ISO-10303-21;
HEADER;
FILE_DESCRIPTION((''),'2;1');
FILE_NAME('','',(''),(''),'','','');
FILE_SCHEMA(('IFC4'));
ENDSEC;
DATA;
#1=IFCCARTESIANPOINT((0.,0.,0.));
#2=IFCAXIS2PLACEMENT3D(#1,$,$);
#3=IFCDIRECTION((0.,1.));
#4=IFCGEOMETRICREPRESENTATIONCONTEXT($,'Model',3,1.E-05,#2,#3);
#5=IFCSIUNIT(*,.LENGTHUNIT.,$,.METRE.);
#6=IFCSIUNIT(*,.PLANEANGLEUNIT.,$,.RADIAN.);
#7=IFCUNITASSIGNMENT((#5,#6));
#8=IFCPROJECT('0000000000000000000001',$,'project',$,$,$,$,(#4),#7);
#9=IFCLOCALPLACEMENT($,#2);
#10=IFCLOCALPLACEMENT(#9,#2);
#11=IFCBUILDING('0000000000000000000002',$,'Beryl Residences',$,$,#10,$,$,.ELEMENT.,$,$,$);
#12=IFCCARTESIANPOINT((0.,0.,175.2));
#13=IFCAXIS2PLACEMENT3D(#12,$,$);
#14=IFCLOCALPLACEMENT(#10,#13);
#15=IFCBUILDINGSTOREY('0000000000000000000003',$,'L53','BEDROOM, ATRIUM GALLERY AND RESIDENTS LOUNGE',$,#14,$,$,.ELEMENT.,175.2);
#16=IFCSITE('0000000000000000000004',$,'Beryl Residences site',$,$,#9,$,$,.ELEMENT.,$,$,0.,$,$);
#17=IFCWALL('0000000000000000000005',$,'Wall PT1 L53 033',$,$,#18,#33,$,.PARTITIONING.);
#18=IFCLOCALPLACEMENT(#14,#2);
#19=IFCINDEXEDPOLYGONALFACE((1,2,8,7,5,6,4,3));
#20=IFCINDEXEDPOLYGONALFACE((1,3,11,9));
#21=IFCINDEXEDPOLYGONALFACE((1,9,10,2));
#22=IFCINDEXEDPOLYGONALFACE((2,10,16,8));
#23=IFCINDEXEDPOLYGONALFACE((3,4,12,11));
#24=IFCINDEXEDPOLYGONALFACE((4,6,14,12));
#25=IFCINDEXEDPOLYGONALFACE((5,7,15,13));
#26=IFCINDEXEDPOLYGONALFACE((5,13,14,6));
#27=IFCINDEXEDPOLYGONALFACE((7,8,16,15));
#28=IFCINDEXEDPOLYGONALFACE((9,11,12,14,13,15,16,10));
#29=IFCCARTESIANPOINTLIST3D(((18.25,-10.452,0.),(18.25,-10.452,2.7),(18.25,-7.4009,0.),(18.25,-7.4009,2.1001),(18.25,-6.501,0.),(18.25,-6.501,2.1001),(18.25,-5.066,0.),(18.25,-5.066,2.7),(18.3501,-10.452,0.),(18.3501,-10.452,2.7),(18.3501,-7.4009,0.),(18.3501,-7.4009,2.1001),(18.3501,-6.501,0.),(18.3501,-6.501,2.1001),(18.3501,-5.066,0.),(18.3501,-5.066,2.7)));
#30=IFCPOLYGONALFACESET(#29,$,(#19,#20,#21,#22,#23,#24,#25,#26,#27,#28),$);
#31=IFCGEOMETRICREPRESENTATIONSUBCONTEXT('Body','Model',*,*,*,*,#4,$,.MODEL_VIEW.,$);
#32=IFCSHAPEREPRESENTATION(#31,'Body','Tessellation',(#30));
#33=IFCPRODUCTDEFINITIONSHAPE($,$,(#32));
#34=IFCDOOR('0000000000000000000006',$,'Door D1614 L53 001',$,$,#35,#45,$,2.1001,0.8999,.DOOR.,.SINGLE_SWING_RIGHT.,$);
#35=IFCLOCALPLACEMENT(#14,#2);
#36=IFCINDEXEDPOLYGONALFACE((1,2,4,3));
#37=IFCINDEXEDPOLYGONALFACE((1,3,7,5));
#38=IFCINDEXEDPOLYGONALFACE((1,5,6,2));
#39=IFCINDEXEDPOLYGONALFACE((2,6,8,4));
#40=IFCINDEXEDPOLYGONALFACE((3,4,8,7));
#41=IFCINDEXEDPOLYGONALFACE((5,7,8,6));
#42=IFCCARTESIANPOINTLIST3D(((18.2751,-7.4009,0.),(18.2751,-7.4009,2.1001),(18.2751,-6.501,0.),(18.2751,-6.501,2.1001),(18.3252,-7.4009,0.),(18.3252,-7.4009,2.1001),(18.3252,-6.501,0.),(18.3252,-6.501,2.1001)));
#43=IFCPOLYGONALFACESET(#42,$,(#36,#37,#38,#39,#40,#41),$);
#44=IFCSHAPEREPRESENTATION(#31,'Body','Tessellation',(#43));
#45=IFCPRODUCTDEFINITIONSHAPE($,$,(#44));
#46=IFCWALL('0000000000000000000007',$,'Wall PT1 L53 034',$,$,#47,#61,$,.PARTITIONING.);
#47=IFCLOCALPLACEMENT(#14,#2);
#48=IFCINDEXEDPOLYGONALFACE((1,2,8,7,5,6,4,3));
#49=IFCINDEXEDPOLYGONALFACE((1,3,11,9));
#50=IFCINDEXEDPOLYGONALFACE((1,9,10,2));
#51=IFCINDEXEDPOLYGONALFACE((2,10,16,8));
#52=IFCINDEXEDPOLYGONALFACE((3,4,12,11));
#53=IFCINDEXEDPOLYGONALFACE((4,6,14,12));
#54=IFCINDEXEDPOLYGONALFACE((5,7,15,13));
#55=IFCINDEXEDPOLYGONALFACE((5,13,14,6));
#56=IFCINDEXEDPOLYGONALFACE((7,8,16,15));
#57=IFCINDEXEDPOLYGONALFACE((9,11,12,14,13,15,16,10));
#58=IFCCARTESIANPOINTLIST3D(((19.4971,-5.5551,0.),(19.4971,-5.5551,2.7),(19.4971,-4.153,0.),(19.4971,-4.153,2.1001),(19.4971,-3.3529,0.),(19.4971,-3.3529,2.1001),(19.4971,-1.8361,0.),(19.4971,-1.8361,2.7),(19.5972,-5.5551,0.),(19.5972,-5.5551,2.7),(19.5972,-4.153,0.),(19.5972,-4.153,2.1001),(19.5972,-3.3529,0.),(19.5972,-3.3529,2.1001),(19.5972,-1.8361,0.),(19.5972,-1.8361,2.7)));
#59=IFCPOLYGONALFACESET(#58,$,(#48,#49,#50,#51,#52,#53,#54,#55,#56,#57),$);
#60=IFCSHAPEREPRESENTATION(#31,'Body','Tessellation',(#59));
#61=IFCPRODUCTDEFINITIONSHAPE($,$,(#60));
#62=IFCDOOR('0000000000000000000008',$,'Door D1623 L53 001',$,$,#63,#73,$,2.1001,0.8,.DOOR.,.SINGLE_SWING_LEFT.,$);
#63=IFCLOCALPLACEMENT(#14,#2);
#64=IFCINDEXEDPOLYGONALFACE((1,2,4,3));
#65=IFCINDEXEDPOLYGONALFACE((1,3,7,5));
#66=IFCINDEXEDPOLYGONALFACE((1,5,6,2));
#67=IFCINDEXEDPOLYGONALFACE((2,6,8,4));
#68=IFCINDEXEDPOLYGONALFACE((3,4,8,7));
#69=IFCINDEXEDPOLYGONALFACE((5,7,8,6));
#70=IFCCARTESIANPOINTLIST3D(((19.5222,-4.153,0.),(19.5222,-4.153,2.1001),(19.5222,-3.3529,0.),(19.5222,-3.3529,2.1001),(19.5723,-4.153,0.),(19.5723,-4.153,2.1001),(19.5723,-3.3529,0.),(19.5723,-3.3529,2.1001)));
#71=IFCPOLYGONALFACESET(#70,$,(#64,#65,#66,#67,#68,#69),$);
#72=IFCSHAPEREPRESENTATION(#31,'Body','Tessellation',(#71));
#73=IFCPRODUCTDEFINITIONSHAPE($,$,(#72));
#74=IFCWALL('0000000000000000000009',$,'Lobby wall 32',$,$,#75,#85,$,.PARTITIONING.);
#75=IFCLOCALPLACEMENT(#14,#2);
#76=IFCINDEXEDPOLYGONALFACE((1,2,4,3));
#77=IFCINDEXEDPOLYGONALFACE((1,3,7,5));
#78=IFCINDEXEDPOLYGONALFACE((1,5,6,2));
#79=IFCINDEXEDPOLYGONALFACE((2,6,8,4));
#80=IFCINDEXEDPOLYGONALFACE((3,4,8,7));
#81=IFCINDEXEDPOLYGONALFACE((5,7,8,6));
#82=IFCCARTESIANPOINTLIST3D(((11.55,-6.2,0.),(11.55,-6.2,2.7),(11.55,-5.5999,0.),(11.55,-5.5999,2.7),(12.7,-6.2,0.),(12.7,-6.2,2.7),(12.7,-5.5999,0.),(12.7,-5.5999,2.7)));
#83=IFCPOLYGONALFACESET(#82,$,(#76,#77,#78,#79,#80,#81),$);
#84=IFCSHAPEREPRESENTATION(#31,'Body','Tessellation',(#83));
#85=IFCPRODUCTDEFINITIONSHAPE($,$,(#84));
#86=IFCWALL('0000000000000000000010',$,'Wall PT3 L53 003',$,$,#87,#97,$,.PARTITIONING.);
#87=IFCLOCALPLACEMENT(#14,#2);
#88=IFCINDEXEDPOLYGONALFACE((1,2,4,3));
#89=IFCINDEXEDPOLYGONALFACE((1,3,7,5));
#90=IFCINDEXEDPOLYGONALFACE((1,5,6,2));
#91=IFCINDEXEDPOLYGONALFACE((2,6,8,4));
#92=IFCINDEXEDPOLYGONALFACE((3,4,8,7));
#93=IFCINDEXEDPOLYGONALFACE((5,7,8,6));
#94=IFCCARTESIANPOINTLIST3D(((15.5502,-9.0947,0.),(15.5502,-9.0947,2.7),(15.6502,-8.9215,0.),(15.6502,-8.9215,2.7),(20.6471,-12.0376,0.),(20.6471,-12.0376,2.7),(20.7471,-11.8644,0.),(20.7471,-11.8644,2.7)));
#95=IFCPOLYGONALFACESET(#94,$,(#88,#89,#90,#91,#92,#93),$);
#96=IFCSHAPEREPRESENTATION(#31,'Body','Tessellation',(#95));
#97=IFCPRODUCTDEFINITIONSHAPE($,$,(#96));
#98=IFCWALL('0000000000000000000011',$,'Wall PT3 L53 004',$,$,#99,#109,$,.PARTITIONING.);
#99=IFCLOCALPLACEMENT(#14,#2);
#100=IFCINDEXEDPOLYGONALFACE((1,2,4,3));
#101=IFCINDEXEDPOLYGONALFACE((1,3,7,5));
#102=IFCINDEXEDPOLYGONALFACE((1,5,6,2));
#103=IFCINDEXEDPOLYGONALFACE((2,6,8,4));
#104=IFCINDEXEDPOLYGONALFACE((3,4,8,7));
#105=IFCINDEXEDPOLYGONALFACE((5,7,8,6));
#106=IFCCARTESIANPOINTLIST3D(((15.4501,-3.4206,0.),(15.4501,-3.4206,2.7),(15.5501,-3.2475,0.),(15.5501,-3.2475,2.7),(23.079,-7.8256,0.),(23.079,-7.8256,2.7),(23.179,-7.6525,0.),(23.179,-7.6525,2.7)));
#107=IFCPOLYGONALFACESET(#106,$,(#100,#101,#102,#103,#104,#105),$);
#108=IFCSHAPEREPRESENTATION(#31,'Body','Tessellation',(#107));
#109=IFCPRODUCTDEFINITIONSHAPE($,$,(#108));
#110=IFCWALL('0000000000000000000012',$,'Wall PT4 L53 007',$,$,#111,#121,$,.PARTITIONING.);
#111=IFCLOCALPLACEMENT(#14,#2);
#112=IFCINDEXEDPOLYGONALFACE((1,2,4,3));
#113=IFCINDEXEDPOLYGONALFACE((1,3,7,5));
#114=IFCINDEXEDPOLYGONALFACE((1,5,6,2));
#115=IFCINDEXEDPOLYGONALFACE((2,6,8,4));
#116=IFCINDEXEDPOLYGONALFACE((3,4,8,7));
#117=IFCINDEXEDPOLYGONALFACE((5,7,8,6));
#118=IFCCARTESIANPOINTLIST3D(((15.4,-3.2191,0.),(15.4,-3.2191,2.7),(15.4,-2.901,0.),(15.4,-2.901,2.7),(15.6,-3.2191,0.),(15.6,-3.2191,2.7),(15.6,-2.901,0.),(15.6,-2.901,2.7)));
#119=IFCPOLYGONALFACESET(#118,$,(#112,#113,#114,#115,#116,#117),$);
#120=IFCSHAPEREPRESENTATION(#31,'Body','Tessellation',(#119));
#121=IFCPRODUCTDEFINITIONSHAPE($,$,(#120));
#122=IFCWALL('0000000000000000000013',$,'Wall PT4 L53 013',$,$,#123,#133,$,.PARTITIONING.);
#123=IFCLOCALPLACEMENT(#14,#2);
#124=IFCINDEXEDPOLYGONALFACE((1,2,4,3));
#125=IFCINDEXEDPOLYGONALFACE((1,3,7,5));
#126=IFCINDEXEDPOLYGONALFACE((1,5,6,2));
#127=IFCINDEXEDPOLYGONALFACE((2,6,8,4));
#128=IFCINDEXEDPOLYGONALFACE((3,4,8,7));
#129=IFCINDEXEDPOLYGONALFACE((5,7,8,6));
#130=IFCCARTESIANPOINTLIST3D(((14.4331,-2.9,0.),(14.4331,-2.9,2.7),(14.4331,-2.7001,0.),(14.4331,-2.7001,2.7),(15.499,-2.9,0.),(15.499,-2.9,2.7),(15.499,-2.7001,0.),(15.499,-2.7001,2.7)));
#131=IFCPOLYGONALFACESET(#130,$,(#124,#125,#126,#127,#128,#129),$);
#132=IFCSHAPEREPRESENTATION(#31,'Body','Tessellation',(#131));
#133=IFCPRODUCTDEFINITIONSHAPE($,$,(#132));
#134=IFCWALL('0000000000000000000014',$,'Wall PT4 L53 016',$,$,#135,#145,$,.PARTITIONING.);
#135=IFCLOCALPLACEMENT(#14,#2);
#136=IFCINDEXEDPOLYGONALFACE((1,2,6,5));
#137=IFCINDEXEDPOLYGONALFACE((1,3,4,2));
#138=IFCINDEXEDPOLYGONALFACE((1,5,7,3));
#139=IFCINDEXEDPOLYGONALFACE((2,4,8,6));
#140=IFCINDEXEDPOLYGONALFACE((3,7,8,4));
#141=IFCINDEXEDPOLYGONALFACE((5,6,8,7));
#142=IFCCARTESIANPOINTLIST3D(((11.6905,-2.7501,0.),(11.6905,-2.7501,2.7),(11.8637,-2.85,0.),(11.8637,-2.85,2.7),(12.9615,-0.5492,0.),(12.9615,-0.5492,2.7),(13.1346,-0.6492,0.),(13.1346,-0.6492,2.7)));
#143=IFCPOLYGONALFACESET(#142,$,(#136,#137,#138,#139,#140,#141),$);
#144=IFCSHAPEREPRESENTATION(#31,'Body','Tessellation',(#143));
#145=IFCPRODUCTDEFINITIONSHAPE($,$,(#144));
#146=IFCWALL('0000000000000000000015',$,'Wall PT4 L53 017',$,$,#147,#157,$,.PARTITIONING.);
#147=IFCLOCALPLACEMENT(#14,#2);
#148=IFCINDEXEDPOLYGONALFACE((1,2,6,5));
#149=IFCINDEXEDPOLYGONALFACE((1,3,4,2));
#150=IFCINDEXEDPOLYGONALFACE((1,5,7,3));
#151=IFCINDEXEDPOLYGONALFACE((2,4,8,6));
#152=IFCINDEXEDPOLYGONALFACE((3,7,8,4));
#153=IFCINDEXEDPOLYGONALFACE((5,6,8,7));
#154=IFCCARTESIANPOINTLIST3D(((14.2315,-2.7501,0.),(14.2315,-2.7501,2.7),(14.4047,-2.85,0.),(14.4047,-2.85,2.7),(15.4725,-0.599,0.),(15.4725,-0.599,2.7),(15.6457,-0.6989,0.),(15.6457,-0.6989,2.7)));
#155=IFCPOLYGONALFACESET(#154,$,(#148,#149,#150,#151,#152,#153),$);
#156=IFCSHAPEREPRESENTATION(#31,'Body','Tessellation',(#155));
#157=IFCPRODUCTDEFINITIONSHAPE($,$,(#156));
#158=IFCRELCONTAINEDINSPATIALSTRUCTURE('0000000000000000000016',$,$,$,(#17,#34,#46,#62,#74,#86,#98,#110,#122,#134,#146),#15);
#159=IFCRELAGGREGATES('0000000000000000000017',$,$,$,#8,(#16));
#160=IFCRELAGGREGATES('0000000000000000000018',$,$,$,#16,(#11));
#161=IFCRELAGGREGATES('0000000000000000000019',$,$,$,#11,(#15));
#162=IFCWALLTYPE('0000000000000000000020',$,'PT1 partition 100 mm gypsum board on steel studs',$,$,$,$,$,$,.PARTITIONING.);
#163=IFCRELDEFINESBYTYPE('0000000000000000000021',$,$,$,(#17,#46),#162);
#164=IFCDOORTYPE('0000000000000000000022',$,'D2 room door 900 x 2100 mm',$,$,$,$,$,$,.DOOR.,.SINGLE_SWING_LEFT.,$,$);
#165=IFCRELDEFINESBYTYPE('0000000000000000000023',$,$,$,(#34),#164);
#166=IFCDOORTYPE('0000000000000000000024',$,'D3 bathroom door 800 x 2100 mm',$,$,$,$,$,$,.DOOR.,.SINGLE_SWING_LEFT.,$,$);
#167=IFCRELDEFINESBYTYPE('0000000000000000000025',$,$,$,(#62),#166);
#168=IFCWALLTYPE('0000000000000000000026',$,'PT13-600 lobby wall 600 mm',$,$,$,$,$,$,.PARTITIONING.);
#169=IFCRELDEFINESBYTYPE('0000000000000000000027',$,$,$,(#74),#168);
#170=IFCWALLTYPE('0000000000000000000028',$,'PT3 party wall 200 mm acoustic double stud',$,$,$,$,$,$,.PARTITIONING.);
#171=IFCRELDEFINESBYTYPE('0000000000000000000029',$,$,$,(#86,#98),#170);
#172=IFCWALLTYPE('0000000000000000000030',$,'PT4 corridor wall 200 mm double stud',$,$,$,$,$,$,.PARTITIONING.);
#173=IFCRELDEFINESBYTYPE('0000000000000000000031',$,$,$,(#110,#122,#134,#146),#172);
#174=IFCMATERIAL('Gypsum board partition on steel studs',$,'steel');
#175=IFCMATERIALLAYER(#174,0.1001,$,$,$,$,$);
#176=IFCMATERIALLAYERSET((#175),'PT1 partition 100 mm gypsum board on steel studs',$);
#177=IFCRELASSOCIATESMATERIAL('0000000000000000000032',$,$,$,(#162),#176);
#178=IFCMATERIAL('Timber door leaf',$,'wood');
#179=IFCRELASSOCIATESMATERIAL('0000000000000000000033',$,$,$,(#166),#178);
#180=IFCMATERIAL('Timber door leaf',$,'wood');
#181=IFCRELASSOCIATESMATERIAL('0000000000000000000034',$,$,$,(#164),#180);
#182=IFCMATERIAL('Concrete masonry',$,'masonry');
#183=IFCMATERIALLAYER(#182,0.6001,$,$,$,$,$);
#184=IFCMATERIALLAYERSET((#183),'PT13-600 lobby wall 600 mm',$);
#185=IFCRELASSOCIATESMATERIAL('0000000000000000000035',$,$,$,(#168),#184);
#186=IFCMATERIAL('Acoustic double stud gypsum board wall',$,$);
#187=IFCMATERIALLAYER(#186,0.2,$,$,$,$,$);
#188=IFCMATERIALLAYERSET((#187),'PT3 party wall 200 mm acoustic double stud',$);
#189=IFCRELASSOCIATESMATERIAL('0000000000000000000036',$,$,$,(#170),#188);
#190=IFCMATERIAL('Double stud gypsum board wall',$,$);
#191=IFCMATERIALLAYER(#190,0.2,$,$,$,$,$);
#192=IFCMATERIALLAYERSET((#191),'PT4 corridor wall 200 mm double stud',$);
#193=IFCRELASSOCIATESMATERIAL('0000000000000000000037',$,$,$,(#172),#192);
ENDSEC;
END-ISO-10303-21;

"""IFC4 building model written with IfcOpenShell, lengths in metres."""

from ifc_helpers import new_model, si_unit, direction, frame, frame_2d, origin, place, context, subcontext, project, spatial, rectangle, extrude, material, layer, layer_set, type_object, element, fill, save


model = new_model("IFC4")

# Units and contexts
model_context = context("Model", 3, precision=1e-05, world=origin(), true_north=direction((0.0, 1.0)))
body_context = subcontext(model_context, "Body", "Model", "MODEL_VIEW")
ifc_project = project(units=[si_unit("LENGTHUNIT", "METRE"), si_unit("PLANEANGLEUNIT", "RADIAN")], contexts=[model_context])

# Site, building, storey
site_placement = place(None, origin())
site = spatial("IfcSite", under=ifc_project, at=site_placement, Name="Beryl Residences site", CompositionType="ELEMENT", RefElevation=0.0)
building_placement = place(site_placement, origin())
building = spatial("IfcBuilding", under=site, at=building_placement, Name="Beryl Residences", CompositionType="ELEMENT")
storey_placement = place(building_placement, frame((0.0, 0.0, 175.2)))
storey = spatial("IfcBuildingStorey", under=building, at=storey_placement, Name="L53", Description="BEDROOM, ATRIUM GALLERY AND RESIDENTS LOUNGE", CompositionType="ELEMENT", Elevation=175.2)

# Walls, openings, doors
ifc_material_1 = material(Name="Gypsum board partition on steel studs", Category="steel")
ifc_layer_1 = layer(ifc_material_1, 0.1001)
ifc_layer_set_1 = layer_set([ifc_layer_1], Name="PT1 partition 100 mm gypsum board on steel studs")
wall_type_1 = type_object("IfcWallType", Name="PT1 partition 100 mm gypsum board on steel studs", PredefinedType="PARTITIONING", material=ifc_layer_set_1)
ifc_material_2 = material(Name="Timber door leaf", Category="wood")
door_type_1 = type_object("IfcDoorType", Name="D3 bathroom door 800 x 2100 mm", OperationType="SINGLE_SWING_LEFT", PredefinedType="DOOR", material=ifc_material_2)
ifc_material_3 = material(Name="Timber door leaf", Category="wood")
door_type_2 = type_object("IfcDoorType", Name="D2 room door 900 x 2100 mm", OperationType="SINGLE_SWING_LEFT", PredefinedType="DOOR", material=ifc_material_3)
wall_1_placement = place(storey_placement, frame((18.3, -10.4519, 0.0), z_axis=(0.0, 0.0, 1.0), x_axis=(0.0, 1.0, 0.0)))
wall_1 = element("IfcWall", 1, at=wall_1_placement, inside=storey, type_object=wall_type_1, Name="Wall PT1 L53 033", PredefinedType="PARTITIONING", context=body_context, shape_type="SweptSolid", body=[
    extrude(rectangle(XDim=5.386, YDim=0.1001, at=frame_2d((2.6929, 0.0))), origin(), (0.0, 0.0, 1.0), 2.7),
])
opening_1_placement = place(wall_1_placement, frame((3.051, 0.0, 0.0)))
opening_1 = element("IfcOpeningElement", 2, at=opening_1_placement, cuts=wall_1, PredefinedType="OPENING", context=body_context, shape_type="SweptSolid", body=[
    extrude(rectangle(XDim=0.8999, YDim=2.1001, at=frame_2d((0.45, 1.05))), frame((0.0, 0.0601, 0.0), z_axis=(0.0, -1.0, 0.0), x_axis=(1.0, 0.0, 0.0)), (0.0, 0.0, 1.0), 0.1201),
])
door_1_placement = place(opening_1_placement, origin())
door_1 = element("IfcDoor", 3, at=door_1_placement, inside=storey, type_object=door_type_2, Name="Door D1614 L53 001", OperationType="SINGLE_SWING_RIGHT", OverallHeight=2.1001, OverallWidth=0.8999, PredefinedType="DOOR", context=body_context, shape_type="SweptSolid", body=[
    extrude(rectangle(XDim=0.8999, YDim=2.1001, at=frame_2d((0.45, 1.05))), frame((0.0, 0.0249, 0.0), z_axis=(0.0, -1.0, 0.0), x_axis=(1.0, 0.0, 0.0)), (0.0, 0.0, 1.0), 0.05),
])
fill(opening_1, door_1)
wall_2_placement = place(storey_placement, frame((19.5471, -5.5549, 0.0), z_axis=(0.0, 0.0, 1.0), x_axis=(0.0, 1.0, 0.0)))
wall_2 = element("IfcWall", 4, at=wall_2_placement, inside=storey, type_object=wall_type_1, Name="Wall PT1 L53 034", PredefinedType="PARTITIONING", context=body_context, shape_type="SweptSolid", body=[
    extrude(rectangle(XDim=3.719, YDim=0.1001, at=frame_2d((1.8594, 0.0))), origin(), (0.0, 0.0, 1.0), 2.7),
])
opening_2_placement = place(wall_2_placement, frame((1.4021, 0.0, 0.0)))
opening_2 = element("IfcOpeningElement", 5, at=opening_2_placement, cuts=wall_2, PredefinedType="OPENING", context=body_context, shape_type="SweptSolid", body=[
    extrude(rectangle(XDim=0.8, YDim=2.1001, at=frame_2d((0.3999, 1.05))), frame((0.0, 0.0601, 0.0), z_axis=(0.0, -1.0, 0.0), x_axis=(1.0, 0.0, 0.0)), (0.0, 0.0, 1.0), 0.1201),
])
door_2_placement = place(opening_2_placement, origin())
door_2 = element("IfcDoor", 6, at=door_2_placement, inside=storey, type_object=door_type_1, Name="Door D1623 L53 001", OperationType="SINGLE_SWING_LEFT", OverallHeight=2.1001, OverallWidth=0.8, PredefinedType="DOOR", context=body_context, shape_type="SweptSolid", body=[
    extrude(rectangle(XDim=0.8, YDim=2.1001, at=frame_2d((0.3999, 1.05))), frame((0.0, 0.0249, 0.0), z_axis=(0.0, -1.0, 0.0), x_axis=(1.0, 0.0, 0.0)), (0.0, 0.0, 1.0), 0.05),
])
fill(opening_2, door_2)

# Walls
ifc_material_4 = material(Name="Concrete masonry", Category="masonry")
ifc_layer_2 = layer(ifc_material_4, 0.6001)
ifc_layer_set_2 = layer_set([ifc_layer_2], Name="PT13-600 lobby wall 600 mm")
wall_type_2 = type_object("IfcWallType", Name="PT13-600 lobby wall 600 mm", PredefinedType="PARTITIONING", material=ifc_layer_set_2)
wall_3_placement = place(storey_placement, frame((11.55, -5.8999, 0.0), z_axis=(0.0, 0.0, 1.0), x_axis=(1.0, 0.0, 0.0)))
element("IfcWall", 7, at=wall_3_placement, inside=storey, type_object=wall_type_2, Name="Lobby wall 32", PredefinedType="PARTITIONING", context=body_context, shape_type="SweptSolid", body=[
    extrude(rectangle(XDim=1.1499, YDim=0.6001, at=frame_2d((0.575, 0.0))), origin(), (0.0, 0.0, 1.0), 2.7),
])
ifc_material_5 = material(Name="Acoustic double stud gypsum board wall")
ifc_layer_3 = layer(ifc_material_5, 0.2)
ifc_layer_set_3 = layer_set([ifc_layer_3], Name="PT3 party wall 200 mm acoustic double stud")
wall_type_3 = type_object("IfcWallType", Name="PT3 party wall 200 mm acoustic double stud", PredefinedType="PARTITIONING", material=ifc_layer_set_3)
wall_4_placement = place(storey_placement, frame((15.6001, -9.0081, 0.0), z_axis=(0.0, 0.0, 1.0), x_axis=(0.866014, -0.50002, 0.0)))
element("IfcWall", 8, at=wall_4_placement, inside=storey, type_object=wall_type_3, Name="Wall PT3 L53 003", PredefinedType="PARTITIONING", context=body_context, shape_type="SweptSolid", body=[
    extrude(rectangle(XDim=5.8855, YDim=0.2, at=frame_2d((2.9429, 0.0))), origin(), (0.0, 0.0, 1.0), 2.7),
])
wall_5_placement = place(storey_placement, frame((15.5, -3.334, 0.0), z_axis=(0.0, 0.0, 1.0), x_axis=(0.866002, -0.500041, 0.0)))
element("IfcWall", 9, at=wall_5_placement, inside=storey, type_object=wall_type_3, Name="Wall PT3 L53 004", PredefinedType="PARTITIONING", context=body_context, shape_type="SweptSolid", body=[
    extrude(rectangle(XDim=8.8093, YDim=0.2, at=frame_2d((4.4048, 0.0))), origin(), (0.0, 0.0, 1.0), 2.7),
])
ifc_material_6 = material(Name="Double stud gypsum board wall")
ifc_layer_4 = layer(ifc_material_6, 0.2)
ifc_layer_set_4 = layer_set([ifc_layer_4], Name="PT4 corridor wall 200 mm double stud")
wall_type_4 = type_object("IfcWallType", Name="PT4 corridor wall 200 mm double stud", PredefinedType="PARTITIONING", material=ifc_layer_set_4)
wall_6_placement = place(storey_placement, frame((15.5, -2.9009, 0.0), z_axis=(0.0, 0.0, 1.0), x_axis=(0.0, -1.0, 0.0)))
element("IfcWall", 10, at=wall_6_placement, inside=storey, type_object=wall_type_4, Name="Wall PT4 L53 007", PredefinedType="PARTITIONING", context=body_context, shape_type="SweptSolid", body=[
    extrude(rectangle(XDim=0.3181, YDim=0.2, at=frame_2d((0.1592, 0.0))), origin(), (0.0, 0.0, 1.0), 2.7),
])
wall_7_placement = place(storey_placement, frame((14.4331, -2.8, 0.0), z_axis=(0.0, 0.0, 1.0), x_axis=(1.0, 0.0, 0.0)))
element("IfcWall", 11, at=wall_7_placement, inside=storey, type_object=wall_type_4, Name="Wall PT4 L53 013", PredefinedType="PARTITIONING", context=body_context, shape_type="SweptSolid", body=[
    extrude(rectangle(XDim=1.0659, YDim=0.2, at=frame_2d((0.533, 0.0))), origin(), (0.0, 0.0, 1.0), 2.7),
])
wall_8_placement = place(storey_placement, frame((11.7771, -2.8, 0.0), z_axis=(0.0, 0.0, 1.0), x_axis=(0.500086, 0.865976, 0.0)))
element("IfcWall", 12, at=wall_8_placement, inside=storey, type_object=wall_type_4, Name="Wall PT4 L53 016", PredefinedType="PARTITIONING", context=body_context, shape_type="SweptSolid", body=[
    extrude(rectangle(XDim=2.5415, YDim=0.2, at=frame_2d((1.2708, 0.0))), origin(), (0.0, 0.0, 1.0), 2.7),
])
wall_9_placement = place(storey_placement, frame((14.3181, -2.8, 0.0), z_axis=(0.0, 0.0, 1.0), x_axis=(0.499703, 0.866197, 0.0)))
element("IfcWall", 13, at=wall_9_placement, inside=storey, type_object=wall_type_4, Name="Wall PT4 L53 017", PredefinedType="PARTITIONING", context=body_context, shape_type="SweptSolid", body=[
    extrude(rectangle(XDim=2.4834, YDim=0.2, at=frame_2d((1.2417, 0.0))), origin(), (0.0, 0.0, 1.0), 2.7),
])

save(model, "model.ifc")
